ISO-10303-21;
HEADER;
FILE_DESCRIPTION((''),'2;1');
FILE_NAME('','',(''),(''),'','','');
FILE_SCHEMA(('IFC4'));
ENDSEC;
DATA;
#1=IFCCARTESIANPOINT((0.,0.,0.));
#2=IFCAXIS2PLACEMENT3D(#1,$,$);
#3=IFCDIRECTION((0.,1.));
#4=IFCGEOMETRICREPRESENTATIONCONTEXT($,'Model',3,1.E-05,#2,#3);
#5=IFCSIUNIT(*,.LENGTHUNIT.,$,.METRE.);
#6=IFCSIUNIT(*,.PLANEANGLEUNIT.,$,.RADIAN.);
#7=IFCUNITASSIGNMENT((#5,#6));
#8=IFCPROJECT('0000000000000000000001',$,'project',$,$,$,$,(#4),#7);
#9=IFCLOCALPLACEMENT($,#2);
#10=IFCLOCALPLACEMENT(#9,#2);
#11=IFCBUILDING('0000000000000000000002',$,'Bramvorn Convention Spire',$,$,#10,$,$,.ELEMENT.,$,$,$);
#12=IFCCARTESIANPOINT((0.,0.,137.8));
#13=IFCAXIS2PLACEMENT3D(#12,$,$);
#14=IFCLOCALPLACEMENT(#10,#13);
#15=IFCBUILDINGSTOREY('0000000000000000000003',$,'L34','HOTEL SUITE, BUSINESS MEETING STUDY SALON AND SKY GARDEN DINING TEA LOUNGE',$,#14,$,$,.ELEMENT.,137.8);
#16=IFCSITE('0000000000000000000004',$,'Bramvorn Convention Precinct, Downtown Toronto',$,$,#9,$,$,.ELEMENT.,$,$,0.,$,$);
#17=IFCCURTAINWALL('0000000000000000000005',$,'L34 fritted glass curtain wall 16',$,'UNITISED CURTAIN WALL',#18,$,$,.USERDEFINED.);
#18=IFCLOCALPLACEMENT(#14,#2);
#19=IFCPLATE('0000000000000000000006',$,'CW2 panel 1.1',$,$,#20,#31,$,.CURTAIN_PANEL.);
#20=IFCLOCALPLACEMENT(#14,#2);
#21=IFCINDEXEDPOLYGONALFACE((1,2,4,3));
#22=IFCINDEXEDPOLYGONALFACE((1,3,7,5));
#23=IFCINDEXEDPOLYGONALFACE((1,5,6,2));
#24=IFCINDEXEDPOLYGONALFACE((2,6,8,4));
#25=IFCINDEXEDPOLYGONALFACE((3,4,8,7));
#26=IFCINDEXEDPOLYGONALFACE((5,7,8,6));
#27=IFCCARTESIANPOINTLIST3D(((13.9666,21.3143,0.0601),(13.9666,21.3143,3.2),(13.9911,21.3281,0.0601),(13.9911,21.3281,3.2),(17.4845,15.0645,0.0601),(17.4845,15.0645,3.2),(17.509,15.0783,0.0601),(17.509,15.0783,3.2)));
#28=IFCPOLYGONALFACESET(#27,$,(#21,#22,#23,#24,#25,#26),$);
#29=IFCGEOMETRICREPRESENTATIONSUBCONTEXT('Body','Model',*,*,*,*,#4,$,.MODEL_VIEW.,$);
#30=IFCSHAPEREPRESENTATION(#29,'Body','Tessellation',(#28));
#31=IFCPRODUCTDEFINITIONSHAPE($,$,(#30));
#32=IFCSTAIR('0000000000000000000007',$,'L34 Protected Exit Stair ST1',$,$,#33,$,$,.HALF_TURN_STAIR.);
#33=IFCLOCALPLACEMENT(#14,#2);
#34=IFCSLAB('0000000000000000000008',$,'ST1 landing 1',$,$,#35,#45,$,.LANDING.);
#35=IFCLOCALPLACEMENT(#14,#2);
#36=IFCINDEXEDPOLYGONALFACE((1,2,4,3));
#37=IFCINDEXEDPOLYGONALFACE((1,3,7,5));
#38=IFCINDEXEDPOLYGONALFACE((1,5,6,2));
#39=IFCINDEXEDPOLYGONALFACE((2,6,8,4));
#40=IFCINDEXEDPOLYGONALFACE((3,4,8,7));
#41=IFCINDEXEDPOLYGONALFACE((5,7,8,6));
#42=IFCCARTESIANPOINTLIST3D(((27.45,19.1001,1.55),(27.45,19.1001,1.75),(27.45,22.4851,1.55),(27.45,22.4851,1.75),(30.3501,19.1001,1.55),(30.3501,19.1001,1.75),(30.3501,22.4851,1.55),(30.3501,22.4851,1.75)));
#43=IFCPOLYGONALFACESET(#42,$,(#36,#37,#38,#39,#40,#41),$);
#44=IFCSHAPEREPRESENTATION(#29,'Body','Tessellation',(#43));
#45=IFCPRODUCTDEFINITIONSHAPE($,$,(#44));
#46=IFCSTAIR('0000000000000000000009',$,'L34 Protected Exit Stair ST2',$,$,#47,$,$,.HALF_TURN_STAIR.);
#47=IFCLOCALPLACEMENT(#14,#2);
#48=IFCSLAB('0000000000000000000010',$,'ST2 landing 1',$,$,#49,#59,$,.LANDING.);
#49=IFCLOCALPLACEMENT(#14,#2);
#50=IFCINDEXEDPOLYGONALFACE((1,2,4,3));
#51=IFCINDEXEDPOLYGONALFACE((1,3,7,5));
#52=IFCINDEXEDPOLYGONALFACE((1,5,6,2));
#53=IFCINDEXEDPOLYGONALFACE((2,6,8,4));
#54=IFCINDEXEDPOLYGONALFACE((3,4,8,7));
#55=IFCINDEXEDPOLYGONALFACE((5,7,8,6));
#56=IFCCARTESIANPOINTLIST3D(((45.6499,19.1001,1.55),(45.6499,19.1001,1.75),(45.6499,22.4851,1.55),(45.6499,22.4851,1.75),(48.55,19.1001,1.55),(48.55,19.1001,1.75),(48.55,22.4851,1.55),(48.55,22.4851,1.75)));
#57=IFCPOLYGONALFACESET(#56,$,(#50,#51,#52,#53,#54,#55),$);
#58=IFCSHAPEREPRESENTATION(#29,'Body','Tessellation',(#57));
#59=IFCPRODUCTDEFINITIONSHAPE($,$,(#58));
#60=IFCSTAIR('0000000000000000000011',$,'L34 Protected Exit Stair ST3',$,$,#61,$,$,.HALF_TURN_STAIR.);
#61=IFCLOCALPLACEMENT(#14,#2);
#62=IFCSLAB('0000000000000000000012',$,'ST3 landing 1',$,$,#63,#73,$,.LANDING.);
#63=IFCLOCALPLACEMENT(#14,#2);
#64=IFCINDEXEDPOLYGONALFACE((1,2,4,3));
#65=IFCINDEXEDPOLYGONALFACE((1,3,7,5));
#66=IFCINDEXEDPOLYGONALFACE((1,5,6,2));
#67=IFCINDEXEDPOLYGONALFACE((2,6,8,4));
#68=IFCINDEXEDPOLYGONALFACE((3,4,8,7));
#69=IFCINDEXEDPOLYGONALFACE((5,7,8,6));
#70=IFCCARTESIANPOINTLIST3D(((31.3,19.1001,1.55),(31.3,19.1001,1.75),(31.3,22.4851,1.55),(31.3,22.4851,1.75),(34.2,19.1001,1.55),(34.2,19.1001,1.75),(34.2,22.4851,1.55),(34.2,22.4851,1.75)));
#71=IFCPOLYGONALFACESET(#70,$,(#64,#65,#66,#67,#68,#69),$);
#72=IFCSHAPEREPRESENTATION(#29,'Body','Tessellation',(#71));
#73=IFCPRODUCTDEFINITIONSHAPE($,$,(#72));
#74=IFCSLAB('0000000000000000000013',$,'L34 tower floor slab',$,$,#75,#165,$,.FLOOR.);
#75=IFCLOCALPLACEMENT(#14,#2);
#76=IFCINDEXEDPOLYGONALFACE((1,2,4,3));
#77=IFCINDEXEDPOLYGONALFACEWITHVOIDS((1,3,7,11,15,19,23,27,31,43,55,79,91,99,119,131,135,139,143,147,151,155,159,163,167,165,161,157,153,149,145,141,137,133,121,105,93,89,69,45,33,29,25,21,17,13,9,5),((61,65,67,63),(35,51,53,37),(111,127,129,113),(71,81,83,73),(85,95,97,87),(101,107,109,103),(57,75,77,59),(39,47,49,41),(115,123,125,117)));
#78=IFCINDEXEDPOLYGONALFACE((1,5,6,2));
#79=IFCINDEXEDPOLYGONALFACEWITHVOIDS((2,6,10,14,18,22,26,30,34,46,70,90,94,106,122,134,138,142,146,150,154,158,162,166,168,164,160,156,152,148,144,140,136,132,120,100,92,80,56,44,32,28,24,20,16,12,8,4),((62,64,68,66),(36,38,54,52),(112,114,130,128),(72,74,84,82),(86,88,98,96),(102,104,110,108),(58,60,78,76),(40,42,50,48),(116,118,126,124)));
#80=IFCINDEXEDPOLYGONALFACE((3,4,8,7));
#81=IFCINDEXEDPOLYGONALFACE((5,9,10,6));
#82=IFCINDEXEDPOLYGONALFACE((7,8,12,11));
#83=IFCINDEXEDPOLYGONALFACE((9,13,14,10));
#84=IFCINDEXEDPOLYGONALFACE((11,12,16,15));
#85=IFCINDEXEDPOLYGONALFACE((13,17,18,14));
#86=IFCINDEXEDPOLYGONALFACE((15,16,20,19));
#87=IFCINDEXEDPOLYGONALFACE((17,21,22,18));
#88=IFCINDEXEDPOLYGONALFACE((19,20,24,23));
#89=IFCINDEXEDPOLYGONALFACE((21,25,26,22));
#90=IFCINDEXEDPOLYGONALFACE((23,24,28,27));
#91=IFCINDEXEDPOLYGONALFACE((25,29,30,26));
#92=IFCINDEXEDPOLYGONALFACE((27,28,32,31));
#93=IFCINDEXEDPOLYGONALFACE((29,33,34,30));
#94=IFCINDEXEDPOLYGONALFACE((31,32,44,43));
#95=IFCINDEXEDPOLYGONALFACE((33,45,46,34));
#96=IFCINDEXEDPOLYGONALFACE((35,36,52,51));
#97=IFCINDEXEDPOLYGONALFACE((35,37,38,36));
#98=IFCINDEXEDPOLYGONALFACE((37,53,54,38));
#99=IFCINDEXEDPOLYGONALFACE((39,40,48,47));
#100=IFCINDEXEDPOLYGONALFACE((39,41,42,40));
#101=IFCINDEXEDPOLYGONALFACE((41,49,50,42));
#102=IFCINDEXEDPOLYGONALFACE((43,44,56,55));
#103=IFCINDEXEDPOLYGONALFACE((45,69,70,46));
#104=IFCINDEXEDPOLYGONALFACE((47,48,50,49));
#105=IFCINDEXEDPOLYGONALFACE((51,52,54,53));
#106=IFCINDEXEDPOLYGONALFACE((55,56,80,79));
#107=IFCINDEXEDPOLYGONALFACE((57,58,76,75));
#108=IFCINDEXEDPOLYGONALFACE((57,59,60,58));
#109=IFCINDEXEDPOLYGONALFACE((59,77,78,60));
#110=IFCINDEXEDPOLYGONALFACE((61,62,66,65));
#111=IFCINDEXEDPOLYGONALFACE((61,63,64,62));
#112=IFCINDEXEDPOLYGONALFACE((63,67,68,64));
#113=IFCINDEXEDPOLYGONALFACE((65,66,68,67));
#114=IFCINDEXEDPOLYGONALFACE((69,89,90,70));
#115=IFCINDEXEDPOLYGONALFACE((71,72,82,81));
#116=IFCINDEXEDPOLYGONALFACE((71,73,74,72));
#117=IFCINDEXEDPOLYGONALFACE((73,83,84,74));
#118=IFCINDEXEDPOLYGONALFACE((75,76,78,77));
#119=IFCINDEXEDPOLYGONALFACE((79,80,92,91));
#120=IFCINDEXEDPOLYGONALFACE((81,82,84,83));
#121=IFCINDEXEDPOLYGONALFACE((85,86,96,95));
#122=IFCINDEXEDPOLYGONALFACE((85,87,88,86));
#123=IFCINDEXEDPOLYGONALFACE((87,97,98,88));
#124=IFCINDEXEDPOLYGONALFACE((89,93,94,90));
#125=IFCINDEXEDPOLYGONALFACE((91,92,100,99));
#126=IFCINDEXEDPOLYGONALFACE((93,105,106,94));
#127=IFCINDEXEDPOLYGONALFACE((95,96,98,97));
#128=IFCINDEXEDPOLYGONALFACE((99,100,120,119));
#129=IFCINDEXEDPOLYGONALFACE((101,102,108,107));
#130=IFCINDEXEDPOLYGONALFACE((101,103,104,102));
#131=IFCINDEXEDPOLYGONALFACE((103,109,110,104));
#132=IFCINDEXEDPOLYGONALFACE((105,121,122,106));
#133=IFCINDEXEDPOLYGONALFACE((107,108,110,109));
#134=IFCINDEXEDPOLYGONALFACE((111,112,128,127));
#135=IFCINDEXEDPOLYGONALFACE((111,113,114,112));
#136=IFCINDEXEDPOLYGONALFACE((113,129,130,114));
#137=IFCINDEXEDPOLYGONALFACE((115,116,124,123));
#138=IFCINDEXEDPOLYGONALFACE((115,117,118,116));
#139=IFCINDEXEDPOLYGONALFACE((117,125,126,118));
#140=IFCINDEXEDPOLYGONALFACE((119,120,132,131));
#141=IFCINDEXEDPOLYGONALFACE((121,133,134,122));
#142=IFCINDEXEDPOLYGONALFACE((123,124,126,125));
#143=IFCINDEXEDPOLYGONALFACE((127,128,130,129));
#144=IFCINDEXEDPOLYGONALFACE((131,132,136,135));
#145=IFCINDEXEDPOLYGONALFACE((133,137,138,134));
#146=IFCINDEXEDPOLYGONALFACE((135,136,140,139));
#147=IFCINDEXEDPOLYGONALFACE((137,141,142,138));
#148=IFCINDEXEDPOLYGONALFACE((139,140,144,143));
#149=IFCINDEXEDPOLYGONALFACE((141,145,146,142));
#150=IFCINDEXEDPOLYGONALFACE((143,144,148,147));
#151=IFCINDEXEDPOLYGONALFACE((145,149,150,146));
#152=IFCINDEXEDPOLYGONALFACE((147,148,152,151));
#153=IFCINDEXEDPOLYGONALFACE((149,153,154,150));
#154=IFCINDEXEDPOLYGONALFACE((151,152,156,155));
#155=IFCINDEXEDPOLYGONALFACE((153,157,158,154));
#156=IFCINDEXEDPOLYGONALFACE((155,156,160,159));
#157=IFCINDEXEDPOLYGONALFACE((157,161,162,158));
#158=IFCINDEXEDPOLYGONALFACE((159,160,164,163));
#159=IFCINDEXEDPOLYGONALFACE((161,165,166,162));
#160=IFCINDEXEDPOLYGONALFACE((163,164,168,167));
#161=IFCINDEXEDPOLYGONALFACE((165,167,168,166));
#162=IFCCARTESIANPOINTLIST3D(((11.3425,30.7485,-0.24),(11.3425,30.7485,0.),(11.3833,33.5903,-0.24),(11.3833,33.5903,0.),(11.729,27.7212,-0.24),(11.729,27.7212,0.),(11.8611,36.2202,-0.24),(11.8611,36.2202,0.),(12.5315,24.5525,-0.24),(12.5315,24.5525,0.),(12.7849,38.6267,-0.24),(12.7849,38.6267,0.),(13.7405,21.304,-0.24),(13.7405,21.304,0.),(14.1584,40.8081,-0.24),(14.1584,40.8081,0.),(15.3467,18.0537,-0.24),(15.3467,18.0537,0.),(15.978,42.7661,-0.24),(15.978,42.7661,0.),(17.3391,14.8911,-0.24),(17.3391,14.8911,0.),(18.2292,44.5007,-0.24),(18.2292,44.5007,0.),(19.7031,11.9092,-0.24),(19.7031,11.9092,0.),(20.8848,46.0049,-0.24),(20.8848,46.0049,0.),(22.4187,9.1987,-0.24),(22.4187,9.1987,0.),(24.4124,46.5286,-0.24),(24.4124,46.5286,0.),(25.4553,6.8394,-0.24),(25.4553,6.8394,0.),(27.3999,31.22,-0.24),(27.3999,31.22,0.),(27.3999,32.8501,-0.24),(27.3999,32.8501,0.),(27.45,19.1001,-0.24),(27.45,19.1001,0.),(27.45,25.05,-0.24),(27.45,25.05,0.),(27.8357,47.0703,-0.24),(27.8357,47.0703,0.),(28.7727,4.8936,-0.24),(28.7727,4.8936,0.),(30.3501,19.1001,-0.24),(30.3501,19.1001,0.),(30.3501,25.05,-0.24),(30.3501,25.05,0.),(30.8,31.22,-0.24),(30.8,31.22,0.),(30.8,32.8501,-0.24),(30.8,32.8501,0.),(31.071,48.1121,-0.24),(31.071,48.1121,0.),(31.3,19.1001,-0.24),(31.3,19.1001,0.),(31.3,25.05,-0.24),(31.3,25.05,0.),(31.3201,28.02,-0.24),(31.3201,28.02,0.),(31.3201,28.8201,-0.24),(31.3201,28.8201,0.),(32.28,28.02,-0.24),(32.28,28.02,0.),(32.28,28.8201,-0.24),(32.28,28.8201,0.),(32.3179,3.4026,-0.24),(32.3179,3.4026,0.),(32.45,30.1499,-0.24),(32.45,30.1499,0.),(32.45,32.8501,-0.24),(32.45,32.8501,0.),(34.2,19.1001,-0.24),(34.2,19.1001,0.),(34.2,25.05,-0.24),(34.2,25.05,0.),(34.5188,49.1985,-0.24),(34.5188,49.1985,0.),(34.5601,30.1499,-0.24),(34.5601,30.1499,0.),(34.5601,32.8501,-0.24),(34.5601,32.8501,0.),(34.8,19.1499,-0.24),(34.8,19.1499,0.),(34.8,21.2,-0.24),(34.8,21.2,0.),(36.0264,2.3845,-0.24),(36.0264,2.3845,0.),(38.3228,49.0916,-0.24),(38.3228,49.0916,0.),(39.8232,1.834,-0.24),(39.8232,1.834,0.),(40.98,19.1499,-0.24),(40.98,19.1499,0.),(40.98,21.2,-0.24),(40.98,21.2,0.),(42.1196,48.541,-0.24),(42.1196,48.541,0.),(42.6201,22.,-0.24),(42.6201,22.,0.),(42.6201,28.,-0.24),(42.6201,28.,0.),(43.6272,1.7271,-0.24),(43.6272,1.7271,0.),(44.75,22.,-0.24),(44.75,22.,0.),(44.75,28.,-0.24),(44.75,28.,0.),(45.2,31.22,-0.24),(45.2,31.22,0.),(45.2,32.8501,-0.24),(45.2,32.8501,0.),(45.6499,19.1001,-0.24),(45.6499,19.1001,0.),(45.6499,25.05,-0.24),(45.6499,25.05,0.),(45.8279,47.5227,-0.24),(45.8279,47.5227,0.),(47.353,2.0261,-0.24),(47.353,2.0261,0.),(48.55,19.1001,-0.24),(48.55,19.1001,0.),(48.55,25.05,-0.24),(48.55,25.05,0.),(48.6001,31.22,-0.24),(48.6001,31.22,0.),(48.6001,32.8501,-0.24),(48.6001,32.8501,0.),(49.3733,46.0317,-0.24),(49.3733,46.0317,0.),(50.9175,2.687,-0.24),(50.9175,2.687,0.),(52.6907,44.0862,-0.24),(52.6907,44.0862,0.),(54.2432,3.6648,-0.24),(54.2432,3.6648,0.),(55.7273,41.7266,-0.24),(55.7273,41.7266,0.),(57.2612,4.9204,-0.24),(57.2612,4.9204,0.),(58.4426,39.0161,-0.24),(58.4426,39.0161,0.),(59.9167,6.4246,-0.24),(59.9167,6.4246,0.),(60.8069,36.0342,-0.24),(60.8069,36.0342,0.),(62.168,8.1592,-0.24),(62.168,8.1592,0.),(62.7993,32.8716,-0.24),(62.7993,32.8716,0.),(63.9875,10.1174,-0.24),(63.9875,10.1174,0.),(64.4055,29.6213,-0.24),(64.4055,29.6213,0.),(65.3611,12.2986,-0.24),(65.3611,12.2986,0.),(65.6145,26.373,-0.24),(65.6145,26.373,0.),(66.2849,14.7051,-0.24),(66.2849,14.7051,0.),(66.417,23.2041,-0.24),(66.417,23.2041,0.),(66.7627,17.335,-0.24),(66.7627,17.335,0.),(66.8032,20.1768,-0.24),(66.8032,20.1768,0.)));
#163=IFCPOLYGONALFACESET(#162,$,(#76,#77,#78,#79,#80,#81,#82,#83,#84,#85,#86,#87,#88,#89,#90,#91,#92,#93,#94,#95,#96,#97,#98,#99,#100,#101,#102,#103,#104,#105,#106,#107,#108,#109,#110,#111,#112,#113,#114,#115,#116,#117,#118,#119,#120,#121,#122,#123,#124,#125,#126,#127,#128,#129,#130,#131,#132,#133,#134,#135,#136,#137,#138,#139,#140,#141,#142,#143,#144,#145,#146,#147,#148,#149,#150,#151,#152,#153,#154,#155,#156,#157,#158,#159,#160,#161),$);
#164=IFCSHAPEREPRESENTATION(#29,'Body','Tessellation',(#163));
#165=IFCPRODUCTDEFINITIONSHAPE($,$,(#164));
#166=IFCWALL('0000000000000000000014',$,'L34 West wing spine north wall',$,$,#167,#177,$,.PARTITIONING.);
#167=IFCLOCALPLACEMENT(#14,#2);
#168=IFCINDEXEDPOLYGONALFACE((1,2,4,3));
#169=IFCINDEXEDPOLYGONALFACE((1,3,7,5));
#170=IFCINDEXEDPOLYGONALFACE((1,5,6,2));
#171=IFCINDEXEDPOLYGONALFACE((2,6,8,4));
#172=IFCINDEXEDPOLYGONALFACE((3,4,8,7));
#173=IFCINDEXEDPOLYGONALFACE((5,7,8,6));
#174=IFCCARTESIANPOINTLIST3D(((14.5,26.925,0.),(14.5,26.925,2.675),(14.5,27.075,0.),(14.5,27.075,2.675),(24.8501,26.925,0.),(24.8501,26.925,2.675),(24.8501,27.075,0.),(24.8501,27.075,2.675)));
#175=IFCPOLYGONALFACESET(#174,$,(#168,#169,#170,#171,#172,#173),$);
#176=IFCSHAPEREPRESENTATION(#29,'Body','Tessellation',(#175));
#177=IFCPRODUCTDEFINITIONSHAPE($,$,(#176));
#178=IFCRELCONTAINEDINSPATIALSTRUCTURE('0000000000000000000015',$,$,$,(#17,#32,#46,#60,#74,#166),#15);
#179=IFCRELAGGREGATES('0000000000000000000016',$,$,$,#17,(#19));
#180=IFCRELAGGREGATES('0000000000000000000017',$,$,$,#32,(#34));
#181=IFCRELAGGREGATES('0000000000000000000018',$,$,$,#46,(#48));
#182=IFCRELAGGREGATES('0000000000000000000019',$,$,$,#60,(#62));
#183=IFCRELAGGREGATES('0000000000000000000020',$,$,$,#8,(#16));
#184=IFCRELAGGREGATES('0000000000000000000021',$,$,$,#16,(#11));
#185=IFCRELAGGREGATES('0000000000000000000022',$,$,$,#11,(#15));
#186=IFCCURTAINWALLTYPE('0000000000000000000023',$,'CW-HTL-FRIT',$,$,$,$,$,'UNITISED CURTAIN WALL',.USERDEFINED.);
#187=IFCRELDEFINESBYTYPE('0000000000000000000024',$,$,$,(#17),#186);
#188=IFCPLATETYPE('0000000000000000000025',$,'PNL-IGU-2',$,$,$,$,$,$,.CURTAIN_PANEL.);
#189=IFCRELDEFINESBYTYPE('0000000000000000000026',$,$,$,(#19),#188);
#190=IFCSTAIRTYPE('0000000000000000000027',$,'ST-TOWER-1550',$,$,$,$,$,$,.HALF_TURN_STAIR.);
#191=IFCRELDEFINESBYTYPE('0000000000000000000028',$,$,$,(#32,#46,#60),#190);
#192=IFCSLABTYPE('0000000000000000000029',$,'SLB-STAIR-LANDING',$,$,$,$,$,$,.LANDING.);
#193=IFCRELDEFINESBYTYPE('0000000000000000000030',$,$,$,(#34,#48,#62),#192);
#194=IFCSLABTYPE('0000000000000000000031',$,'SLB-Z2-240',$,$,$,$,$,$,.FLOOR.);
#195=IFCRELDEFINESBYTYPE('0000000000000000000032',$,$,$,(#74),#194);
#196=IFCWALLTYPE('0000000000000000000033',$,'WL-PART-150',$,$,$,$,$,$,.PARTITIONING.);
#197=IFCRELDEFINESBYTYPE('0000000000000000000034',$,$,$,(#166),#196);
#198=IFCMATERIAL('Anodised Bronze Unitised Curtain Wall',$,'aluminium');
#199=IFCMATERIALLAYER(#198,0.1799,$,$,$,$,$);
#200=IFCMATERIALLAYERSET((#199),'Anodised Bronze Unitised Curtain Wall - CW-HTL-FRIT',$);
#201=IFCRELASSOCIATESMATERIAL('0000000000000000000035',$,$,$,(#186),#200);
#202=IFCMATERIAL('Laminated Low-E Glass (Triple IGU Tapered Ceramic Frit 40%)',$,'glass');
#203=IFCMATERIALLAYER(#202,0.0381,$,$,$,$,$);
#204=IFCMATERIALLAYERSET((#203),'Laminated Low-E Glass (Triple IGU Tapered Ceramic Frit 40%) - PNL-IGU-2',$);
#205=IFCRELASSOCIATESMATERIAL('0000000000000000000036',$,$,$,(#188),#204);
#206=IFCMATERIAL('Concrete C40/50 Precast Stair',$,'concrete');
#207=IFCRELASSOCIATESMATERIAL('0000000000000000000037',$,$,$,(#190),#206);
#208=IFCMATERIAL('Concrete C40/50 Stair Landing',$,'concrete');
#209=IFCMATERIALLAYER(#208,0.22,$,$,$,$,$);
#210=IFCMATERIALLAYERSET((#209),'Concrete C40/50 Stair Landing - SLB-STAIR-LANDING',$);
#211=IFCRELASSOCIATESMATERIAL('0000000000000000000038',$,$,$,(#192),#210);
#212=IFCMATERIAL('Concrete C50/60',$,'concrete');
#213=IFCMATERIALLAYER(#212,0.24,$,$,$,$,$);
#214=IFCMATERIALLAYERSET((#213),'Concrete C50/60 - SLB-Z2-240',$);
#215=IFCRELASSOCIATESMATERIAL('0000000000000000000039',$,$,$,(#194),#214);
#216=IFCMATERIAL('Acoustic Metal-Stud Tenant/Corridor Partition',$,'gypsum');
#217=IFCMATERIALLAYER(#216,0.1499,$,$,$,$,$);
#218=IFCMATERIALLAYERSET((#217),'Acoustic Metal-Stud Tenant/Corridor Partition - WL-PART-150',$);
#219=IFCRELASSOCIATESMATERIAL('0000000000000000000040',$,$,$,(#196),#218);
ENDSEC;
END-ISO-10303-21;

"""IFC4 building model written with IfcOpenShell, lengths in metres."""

from ifc_helpers import new_model, si_unit, direction, frame, frame_2d, origin, origin_2d, place, context, subcontext, project, spatial, polyline, rectangle, outline, extrude, material, layer, layer_set, type_object, element, aggregate, save


model = new_model("IFC4")

# Units and contexts
model_context = context("Model", 3, precision=1e-05, world=origin(), true_north=direction((0.0, 1.0)))
body_context = subcontext(model_context, "Body", "Model", "MODEL_VIEW")
ifc_project = project(units=[si_unit("LENGTHUNIT", "METRE"), si_unit("PLANEANGLEUNIT", "RADIAN")], contexts=[model_context])

# Site, building, storey
site_placement = place(None, origin())
site = spatial("IfcSite", under=ifc_project, at=site_placement, Name="Bramvorn Convention Precinct, Downtown Toronto", CompositionType="ELEMENT", RefElevation=0.0)
building_placement = place(site_placement, origin())
building = spatial("IfcBuilding", under=site, at=building_placement, Name="Bramvorn Convention Spire", CompositionType="ELEMENT")
storey_placement = place(building_placement, frame((0.0, 0.0, 137.8)))
storey = spatial("IfcBuildingStorey", under=building, at=storey_placement, Name="L34", Description="HOTEL SUITE, BUSINESS MEETING STUDY SALON AND SKY GARDEN DINING TEA LOUNGE", CompositionType="ELEMENT", Elevation=137.8)

# Curtain wall
ifc_material_1 = material(Name="Anodised Bronze Unitised Curtain Wall", Category="aluminium")
ifc_layer_1 = layer(ifc_material_1, 0.1799)
ifc_layer_set_1 = layer_set([ifc_layer_1], Name="Anodised Bronze Unitised Curtain Wall - CW-HTL-FRIT")
curtain_wall_type = type_object("IfcCurtainWallType", Name="CW-HTL-FRIT", ElementType="UNITISED CURTAIN WALL", PredefinedType="USERDEFINED", material=ifc_layer_set_1)
curtain_wall_1_placement = place(storey_placement, origin())
curtain_wall_1 = element("IfcCurtainWall", 1, at=curtain_wall_1_placement, inside=storey, type_object=curtain_wall_type, Name="L34 fritted glass curtain wall 16", ObjectType="UNITISED CURTAIN WALL", PredefinedType="USERDEFINED")

# Plate
ifc_material_2 = material(Name="Laminated Low-E Glass (Triple IGU Tapered Ceramic Frit 40%)", Category="glass")
ifc_layer_2 = layer(ifc_material_2, 0.0381)
ifc_layer_set_2 = layer_set([ifc_layer_2], Name="Laminated Low-E Glass (Triple IGU Tapered Ceramic Frit 40%) - PNL-IGU-2")
plate_type = type_object("IfcPlateType", Name="PNL-IGU-2", PredefinedType="CURTAIN_PANEL", material=ifc_layer_set_2)
plate_1_placement = place(storey_placement, frame((15.7378, 18.1963, 0.0601), z_axis=(0.0, 0.0, 1.0), x_axis=(-0.490506, 0.871438, 0.0)))
plate_1 = element("IfcPlate", 2, at=plate_1_placement, type_object=plate_type, Name="CW2 panel 1.1", PredefinedType="CURTAIN_PANEL", context=body_context, shape_type="SweptSolid", body=[
    extrude(rectangle(XDim=7.1719, YDim=0.0281, at=origin_2d()), origin(), (0.0, 0.0, 1.0), 3.1399),
])
aggregate(curtain_wall_1, [plate_1])

# Stairs, slabs
ifc_material_3 = material(Name="Concrete C40/50 Precast Stair", Category="concrete")
stair_type = type_object("IfcStairType", Name="ST-TOWER-1550", PredefinedType="HALF_TURN_STAIR", material=ifc_material_3)
stair_1_placement = place(storey_placement, origin())
stair_1 = element("IfcStair", 3, at=stair_1_placement, inside=storey, type_object=stair_type, Name="L34 Protected Exit Stair ST1", PredefinedType="HALF_TURN_STAIR")
ifc_material_4 = material(Name="Concrete C40/50 Stair Landing", Category="concrete")
ifc_layer_3 = layer(ifc_material_4, 0.22)
ifc_layer_set_3 = layer_set([ifc_layer_3], Name="Concrete C40/50 Stair Landing - SLB-STAIR-LANDING")
slab_type_1 = type_object("IfcSlabType", Name="SLB-STAIR-LANDING", PredefinedType="LANDING", material=ifc_layer_set_3)
slab_1_placement = place(storey_placement, frame((0.0, 0.0, 1.55)))
slab_1 = element("IfcSlab", 4, at=slab_1_placement, type_object=slab_type_1, Name="ST1 landing 1", PredefinedType="LANDING", context=body_context, shape_type="SweptSolid", body=[
    extrude(outline(polyline([(27.45, 22.4851), (27.45, 19.1001), (30.3501, 19.1001), (30.3501, 22.4851), (27.45, 22.4851)])), origin(), (0.0, 0.0, 1.0), 0.2),
])
aggregate(stair_1, [slab_1])
stair_2_placement = place(storey_placement, origin())
stair_2 = element("IfcStair", 5, at=stair_2_placement, inside=storey, type_object=stair_type, Name="L34 Protected Exit Stair ST2", PredefinedType="HALF_TURN_STAIR")
slab_2_placement = place(storey_placement, frame((0.0, 0.0, 1.55)))
slab_2 = element("IfcSlab", 6, at=slab_2_placement, type_object=slab_type_1, Name="ST2 landing 1", PredefinedType="LANDING", context=body_context, shape_type="SweptSolid", body=[
    extrude(outline(polyline([(45.6499, 22.4851), (45.6499, 19.1001), (48.55, 19.1001), (48.55, 22.4851), (45.6499, 22.4851)])), origin(), (0.0, 0.0, 1.0), 0.2),
])
aggregate(stair_2, [slab_2])
stair_3_placement = place(storey_placement, origin())
stair_3 = element("IfcStair", 7, at=stair_3_placement, inside=storey, type_object=stair_type, Name="L34 Protected Exit Stair ST3", PredefinedType="HALF_TURN_STAIR")
slab_3_placement = place(storey_placement, frame((0.0, 0.0, 1.55)))
slab_3 = element("IfcSlab", 8, at=slab_3_placement, type_object=slab_type_1, Name="ST3 landing 1", PredefinedType="LANDING", context=body_context, shape_type="SweptSolid", body=[
    extrude(outline(polyline([(31.3, 22.4851), (31.3, 19.1001), (34.2, 19.1001), (34.2, 22.4851), (31.3, 22.4851)])), origin(), (0.0, 0.0, 1.0), 0.2),
])
aggregate(stair_3, [slab_3])

# Slab
ifc_material_5 = material(Name="Concrete C50/60", Category="concrete")
ifc_layer_4 = layer(ifc_material_5, 0.24)
ifc_layer_set_4 = layer_set([ifc_layer_4], Name="Concrete C50/60 - SLB-Z2-240")
slab_type_2 = type_object("IfcSlabType", Name="SLB-Z2-240", PredefinedType="FLOOR", material=ifc_layer_set_4)
slab_4_placement = place(storey_placement, frame((0.0, 0.0, -0.24)))
element("IfcSlab", 9, at=slab_4_placement, inside=storey, type_object=slab_type_2, Name="L34 tower floor slab", PredefinedType="FLOOR", context=body_context, shape_type="SweptSolid", body=[
    extrude(outline(polyline([(65.3611, 12.2986), (66.2849, 14.7051), (66.7627, 17.335), (66.8032, 20.1768), (66.417, 23.2041), (65.6145, 26.373), (64.4055, 29.6213), (62.7993, 32.8716), (60.8069, 36.0342), (58.4426, 39.0161), (55.7273, 41.7266), (52.6907, 44.0862), (49.3733, 46.0317), (45.8279, 47.5227), (42.1196, 48.541), (38.3228, 49.0916), (34.5188, 49.1985), (31.071, 48.1121), (27.8357, 47.0703), (24.4124, 46.5286), (20.8848, 46.0049), (18.2292, 44.5007), (15.978, 42.7661), (14.1584, 40.8081), (12.7849, 38.6267), (11.8611, 36.2202), (11.3833, 33.5903), (11.3425, 30.7485), (11.729, 27.7212), (12.5315, 24.5525), (13.7405, 21.304), (15.3467, 18.0537), (17.3391, 14.8911), (19.7031, 11.9092), (22.4187, 9.1987), (25.4553, 6.8394), (28.7727, 4.8936), (32.3179, 3.4026), (36.0264, 2.3845), (39.8232, 1.834), (43.6272, 1.7271), (47.353, 2.0261), (50.9175, 2.687), (54.2432, 3.6648), (57.2612, 4.9204), (59.9167, 6.4246), (62.168, 8.1592), (63.9875, 10.1174), (65.3611, 12.2986)]), holes=[polyline([(27.45, 25.05), (27.45, 19.1001), (30.3501, 19.1001), (30.3501, 25.05), (27.45, 25.05)]), polyline([(45.6499, 25.05), (45.6499, 19.1001), (48.55, 19.1001), (48.55, 25.05), (45.6499, 25.05)]), polyline([(31.3, 25.05), (31.3, 19.1001), (34.2, 19.1001), (34.2, 25.05), (31.3, 25.05)]), polyline([(27.3999, 31.22), (30.8, 31.22), (30.8, 32.8501), (27.3999, 32.8501), (27.3999, 31.22)]), polyline([(45.2, 31.22), (48.6001, 31.22), (48.6001, 32.8501), (45.2, 32.8501), (45.2, 31.22)]), polyline([(32.45, 30.1499), (34.5601, 30.1499), (34.5601, 32.8501), (32.45, 32.8501), (32.45, 30.1499)]), polyline([(34.8, 19.1499), (40.98, 19.1499), (40.98, 21.2), (34.8, 21.2), (34.8, 19.1499)]), polyline([(42.6201, 22.0), (44.75, 22.0), (44.75, 28.0), (42.6201, 28.0), (42.6201, 22.0)]), polyline([(31.3201, 28.02), (32.28, 28.02), (32.28, 28.8201), (31.3201, 28.8201), (31.3201, 28.02)])]), origin(), (0.0, 0.0, 1.0), 0.24),
])

# Wall
ifc_material_6 = material(Name="Acoustic Metal-Stud Tenant/Corridor Partition", Category="gypsum")
ifc_layer_5 = layer(ifc_material_6, 0.1499)
ifc_layer_set_5 = layer_set([ifc_layer_5], Name="Acoustic Metal-Stud Tenant/Corridor Partition - WL-PART-150")
wall_type = type_object("IfcWallType", Name="WL-PART-150", PredefinedType="PARTITIONING", material=ifc_layer_set_5)
wall_1_placement = place(storey_placement, frame((14.5, 27.0, 0.0), z_axis=(0.0, 0.0, 1.0), x_axis=(1.0, 0.0, 0.0)))
element("IfcWall", 10, at=wall_1_placement, inside=storey, type_object=wall_type, Name="L34 West wing spine north wall", PredefinedType="PARTITIONING", context=body_context, shape_type="SweptSolid", body=[
    extrude(rectangle(XDim=10.3501, YDim=0.1499, at=frame_2d((5.175, 0.0))), origin(), (0.0, 0.0, 1.0), 2.675),
])

save(model, "model.ifc")
